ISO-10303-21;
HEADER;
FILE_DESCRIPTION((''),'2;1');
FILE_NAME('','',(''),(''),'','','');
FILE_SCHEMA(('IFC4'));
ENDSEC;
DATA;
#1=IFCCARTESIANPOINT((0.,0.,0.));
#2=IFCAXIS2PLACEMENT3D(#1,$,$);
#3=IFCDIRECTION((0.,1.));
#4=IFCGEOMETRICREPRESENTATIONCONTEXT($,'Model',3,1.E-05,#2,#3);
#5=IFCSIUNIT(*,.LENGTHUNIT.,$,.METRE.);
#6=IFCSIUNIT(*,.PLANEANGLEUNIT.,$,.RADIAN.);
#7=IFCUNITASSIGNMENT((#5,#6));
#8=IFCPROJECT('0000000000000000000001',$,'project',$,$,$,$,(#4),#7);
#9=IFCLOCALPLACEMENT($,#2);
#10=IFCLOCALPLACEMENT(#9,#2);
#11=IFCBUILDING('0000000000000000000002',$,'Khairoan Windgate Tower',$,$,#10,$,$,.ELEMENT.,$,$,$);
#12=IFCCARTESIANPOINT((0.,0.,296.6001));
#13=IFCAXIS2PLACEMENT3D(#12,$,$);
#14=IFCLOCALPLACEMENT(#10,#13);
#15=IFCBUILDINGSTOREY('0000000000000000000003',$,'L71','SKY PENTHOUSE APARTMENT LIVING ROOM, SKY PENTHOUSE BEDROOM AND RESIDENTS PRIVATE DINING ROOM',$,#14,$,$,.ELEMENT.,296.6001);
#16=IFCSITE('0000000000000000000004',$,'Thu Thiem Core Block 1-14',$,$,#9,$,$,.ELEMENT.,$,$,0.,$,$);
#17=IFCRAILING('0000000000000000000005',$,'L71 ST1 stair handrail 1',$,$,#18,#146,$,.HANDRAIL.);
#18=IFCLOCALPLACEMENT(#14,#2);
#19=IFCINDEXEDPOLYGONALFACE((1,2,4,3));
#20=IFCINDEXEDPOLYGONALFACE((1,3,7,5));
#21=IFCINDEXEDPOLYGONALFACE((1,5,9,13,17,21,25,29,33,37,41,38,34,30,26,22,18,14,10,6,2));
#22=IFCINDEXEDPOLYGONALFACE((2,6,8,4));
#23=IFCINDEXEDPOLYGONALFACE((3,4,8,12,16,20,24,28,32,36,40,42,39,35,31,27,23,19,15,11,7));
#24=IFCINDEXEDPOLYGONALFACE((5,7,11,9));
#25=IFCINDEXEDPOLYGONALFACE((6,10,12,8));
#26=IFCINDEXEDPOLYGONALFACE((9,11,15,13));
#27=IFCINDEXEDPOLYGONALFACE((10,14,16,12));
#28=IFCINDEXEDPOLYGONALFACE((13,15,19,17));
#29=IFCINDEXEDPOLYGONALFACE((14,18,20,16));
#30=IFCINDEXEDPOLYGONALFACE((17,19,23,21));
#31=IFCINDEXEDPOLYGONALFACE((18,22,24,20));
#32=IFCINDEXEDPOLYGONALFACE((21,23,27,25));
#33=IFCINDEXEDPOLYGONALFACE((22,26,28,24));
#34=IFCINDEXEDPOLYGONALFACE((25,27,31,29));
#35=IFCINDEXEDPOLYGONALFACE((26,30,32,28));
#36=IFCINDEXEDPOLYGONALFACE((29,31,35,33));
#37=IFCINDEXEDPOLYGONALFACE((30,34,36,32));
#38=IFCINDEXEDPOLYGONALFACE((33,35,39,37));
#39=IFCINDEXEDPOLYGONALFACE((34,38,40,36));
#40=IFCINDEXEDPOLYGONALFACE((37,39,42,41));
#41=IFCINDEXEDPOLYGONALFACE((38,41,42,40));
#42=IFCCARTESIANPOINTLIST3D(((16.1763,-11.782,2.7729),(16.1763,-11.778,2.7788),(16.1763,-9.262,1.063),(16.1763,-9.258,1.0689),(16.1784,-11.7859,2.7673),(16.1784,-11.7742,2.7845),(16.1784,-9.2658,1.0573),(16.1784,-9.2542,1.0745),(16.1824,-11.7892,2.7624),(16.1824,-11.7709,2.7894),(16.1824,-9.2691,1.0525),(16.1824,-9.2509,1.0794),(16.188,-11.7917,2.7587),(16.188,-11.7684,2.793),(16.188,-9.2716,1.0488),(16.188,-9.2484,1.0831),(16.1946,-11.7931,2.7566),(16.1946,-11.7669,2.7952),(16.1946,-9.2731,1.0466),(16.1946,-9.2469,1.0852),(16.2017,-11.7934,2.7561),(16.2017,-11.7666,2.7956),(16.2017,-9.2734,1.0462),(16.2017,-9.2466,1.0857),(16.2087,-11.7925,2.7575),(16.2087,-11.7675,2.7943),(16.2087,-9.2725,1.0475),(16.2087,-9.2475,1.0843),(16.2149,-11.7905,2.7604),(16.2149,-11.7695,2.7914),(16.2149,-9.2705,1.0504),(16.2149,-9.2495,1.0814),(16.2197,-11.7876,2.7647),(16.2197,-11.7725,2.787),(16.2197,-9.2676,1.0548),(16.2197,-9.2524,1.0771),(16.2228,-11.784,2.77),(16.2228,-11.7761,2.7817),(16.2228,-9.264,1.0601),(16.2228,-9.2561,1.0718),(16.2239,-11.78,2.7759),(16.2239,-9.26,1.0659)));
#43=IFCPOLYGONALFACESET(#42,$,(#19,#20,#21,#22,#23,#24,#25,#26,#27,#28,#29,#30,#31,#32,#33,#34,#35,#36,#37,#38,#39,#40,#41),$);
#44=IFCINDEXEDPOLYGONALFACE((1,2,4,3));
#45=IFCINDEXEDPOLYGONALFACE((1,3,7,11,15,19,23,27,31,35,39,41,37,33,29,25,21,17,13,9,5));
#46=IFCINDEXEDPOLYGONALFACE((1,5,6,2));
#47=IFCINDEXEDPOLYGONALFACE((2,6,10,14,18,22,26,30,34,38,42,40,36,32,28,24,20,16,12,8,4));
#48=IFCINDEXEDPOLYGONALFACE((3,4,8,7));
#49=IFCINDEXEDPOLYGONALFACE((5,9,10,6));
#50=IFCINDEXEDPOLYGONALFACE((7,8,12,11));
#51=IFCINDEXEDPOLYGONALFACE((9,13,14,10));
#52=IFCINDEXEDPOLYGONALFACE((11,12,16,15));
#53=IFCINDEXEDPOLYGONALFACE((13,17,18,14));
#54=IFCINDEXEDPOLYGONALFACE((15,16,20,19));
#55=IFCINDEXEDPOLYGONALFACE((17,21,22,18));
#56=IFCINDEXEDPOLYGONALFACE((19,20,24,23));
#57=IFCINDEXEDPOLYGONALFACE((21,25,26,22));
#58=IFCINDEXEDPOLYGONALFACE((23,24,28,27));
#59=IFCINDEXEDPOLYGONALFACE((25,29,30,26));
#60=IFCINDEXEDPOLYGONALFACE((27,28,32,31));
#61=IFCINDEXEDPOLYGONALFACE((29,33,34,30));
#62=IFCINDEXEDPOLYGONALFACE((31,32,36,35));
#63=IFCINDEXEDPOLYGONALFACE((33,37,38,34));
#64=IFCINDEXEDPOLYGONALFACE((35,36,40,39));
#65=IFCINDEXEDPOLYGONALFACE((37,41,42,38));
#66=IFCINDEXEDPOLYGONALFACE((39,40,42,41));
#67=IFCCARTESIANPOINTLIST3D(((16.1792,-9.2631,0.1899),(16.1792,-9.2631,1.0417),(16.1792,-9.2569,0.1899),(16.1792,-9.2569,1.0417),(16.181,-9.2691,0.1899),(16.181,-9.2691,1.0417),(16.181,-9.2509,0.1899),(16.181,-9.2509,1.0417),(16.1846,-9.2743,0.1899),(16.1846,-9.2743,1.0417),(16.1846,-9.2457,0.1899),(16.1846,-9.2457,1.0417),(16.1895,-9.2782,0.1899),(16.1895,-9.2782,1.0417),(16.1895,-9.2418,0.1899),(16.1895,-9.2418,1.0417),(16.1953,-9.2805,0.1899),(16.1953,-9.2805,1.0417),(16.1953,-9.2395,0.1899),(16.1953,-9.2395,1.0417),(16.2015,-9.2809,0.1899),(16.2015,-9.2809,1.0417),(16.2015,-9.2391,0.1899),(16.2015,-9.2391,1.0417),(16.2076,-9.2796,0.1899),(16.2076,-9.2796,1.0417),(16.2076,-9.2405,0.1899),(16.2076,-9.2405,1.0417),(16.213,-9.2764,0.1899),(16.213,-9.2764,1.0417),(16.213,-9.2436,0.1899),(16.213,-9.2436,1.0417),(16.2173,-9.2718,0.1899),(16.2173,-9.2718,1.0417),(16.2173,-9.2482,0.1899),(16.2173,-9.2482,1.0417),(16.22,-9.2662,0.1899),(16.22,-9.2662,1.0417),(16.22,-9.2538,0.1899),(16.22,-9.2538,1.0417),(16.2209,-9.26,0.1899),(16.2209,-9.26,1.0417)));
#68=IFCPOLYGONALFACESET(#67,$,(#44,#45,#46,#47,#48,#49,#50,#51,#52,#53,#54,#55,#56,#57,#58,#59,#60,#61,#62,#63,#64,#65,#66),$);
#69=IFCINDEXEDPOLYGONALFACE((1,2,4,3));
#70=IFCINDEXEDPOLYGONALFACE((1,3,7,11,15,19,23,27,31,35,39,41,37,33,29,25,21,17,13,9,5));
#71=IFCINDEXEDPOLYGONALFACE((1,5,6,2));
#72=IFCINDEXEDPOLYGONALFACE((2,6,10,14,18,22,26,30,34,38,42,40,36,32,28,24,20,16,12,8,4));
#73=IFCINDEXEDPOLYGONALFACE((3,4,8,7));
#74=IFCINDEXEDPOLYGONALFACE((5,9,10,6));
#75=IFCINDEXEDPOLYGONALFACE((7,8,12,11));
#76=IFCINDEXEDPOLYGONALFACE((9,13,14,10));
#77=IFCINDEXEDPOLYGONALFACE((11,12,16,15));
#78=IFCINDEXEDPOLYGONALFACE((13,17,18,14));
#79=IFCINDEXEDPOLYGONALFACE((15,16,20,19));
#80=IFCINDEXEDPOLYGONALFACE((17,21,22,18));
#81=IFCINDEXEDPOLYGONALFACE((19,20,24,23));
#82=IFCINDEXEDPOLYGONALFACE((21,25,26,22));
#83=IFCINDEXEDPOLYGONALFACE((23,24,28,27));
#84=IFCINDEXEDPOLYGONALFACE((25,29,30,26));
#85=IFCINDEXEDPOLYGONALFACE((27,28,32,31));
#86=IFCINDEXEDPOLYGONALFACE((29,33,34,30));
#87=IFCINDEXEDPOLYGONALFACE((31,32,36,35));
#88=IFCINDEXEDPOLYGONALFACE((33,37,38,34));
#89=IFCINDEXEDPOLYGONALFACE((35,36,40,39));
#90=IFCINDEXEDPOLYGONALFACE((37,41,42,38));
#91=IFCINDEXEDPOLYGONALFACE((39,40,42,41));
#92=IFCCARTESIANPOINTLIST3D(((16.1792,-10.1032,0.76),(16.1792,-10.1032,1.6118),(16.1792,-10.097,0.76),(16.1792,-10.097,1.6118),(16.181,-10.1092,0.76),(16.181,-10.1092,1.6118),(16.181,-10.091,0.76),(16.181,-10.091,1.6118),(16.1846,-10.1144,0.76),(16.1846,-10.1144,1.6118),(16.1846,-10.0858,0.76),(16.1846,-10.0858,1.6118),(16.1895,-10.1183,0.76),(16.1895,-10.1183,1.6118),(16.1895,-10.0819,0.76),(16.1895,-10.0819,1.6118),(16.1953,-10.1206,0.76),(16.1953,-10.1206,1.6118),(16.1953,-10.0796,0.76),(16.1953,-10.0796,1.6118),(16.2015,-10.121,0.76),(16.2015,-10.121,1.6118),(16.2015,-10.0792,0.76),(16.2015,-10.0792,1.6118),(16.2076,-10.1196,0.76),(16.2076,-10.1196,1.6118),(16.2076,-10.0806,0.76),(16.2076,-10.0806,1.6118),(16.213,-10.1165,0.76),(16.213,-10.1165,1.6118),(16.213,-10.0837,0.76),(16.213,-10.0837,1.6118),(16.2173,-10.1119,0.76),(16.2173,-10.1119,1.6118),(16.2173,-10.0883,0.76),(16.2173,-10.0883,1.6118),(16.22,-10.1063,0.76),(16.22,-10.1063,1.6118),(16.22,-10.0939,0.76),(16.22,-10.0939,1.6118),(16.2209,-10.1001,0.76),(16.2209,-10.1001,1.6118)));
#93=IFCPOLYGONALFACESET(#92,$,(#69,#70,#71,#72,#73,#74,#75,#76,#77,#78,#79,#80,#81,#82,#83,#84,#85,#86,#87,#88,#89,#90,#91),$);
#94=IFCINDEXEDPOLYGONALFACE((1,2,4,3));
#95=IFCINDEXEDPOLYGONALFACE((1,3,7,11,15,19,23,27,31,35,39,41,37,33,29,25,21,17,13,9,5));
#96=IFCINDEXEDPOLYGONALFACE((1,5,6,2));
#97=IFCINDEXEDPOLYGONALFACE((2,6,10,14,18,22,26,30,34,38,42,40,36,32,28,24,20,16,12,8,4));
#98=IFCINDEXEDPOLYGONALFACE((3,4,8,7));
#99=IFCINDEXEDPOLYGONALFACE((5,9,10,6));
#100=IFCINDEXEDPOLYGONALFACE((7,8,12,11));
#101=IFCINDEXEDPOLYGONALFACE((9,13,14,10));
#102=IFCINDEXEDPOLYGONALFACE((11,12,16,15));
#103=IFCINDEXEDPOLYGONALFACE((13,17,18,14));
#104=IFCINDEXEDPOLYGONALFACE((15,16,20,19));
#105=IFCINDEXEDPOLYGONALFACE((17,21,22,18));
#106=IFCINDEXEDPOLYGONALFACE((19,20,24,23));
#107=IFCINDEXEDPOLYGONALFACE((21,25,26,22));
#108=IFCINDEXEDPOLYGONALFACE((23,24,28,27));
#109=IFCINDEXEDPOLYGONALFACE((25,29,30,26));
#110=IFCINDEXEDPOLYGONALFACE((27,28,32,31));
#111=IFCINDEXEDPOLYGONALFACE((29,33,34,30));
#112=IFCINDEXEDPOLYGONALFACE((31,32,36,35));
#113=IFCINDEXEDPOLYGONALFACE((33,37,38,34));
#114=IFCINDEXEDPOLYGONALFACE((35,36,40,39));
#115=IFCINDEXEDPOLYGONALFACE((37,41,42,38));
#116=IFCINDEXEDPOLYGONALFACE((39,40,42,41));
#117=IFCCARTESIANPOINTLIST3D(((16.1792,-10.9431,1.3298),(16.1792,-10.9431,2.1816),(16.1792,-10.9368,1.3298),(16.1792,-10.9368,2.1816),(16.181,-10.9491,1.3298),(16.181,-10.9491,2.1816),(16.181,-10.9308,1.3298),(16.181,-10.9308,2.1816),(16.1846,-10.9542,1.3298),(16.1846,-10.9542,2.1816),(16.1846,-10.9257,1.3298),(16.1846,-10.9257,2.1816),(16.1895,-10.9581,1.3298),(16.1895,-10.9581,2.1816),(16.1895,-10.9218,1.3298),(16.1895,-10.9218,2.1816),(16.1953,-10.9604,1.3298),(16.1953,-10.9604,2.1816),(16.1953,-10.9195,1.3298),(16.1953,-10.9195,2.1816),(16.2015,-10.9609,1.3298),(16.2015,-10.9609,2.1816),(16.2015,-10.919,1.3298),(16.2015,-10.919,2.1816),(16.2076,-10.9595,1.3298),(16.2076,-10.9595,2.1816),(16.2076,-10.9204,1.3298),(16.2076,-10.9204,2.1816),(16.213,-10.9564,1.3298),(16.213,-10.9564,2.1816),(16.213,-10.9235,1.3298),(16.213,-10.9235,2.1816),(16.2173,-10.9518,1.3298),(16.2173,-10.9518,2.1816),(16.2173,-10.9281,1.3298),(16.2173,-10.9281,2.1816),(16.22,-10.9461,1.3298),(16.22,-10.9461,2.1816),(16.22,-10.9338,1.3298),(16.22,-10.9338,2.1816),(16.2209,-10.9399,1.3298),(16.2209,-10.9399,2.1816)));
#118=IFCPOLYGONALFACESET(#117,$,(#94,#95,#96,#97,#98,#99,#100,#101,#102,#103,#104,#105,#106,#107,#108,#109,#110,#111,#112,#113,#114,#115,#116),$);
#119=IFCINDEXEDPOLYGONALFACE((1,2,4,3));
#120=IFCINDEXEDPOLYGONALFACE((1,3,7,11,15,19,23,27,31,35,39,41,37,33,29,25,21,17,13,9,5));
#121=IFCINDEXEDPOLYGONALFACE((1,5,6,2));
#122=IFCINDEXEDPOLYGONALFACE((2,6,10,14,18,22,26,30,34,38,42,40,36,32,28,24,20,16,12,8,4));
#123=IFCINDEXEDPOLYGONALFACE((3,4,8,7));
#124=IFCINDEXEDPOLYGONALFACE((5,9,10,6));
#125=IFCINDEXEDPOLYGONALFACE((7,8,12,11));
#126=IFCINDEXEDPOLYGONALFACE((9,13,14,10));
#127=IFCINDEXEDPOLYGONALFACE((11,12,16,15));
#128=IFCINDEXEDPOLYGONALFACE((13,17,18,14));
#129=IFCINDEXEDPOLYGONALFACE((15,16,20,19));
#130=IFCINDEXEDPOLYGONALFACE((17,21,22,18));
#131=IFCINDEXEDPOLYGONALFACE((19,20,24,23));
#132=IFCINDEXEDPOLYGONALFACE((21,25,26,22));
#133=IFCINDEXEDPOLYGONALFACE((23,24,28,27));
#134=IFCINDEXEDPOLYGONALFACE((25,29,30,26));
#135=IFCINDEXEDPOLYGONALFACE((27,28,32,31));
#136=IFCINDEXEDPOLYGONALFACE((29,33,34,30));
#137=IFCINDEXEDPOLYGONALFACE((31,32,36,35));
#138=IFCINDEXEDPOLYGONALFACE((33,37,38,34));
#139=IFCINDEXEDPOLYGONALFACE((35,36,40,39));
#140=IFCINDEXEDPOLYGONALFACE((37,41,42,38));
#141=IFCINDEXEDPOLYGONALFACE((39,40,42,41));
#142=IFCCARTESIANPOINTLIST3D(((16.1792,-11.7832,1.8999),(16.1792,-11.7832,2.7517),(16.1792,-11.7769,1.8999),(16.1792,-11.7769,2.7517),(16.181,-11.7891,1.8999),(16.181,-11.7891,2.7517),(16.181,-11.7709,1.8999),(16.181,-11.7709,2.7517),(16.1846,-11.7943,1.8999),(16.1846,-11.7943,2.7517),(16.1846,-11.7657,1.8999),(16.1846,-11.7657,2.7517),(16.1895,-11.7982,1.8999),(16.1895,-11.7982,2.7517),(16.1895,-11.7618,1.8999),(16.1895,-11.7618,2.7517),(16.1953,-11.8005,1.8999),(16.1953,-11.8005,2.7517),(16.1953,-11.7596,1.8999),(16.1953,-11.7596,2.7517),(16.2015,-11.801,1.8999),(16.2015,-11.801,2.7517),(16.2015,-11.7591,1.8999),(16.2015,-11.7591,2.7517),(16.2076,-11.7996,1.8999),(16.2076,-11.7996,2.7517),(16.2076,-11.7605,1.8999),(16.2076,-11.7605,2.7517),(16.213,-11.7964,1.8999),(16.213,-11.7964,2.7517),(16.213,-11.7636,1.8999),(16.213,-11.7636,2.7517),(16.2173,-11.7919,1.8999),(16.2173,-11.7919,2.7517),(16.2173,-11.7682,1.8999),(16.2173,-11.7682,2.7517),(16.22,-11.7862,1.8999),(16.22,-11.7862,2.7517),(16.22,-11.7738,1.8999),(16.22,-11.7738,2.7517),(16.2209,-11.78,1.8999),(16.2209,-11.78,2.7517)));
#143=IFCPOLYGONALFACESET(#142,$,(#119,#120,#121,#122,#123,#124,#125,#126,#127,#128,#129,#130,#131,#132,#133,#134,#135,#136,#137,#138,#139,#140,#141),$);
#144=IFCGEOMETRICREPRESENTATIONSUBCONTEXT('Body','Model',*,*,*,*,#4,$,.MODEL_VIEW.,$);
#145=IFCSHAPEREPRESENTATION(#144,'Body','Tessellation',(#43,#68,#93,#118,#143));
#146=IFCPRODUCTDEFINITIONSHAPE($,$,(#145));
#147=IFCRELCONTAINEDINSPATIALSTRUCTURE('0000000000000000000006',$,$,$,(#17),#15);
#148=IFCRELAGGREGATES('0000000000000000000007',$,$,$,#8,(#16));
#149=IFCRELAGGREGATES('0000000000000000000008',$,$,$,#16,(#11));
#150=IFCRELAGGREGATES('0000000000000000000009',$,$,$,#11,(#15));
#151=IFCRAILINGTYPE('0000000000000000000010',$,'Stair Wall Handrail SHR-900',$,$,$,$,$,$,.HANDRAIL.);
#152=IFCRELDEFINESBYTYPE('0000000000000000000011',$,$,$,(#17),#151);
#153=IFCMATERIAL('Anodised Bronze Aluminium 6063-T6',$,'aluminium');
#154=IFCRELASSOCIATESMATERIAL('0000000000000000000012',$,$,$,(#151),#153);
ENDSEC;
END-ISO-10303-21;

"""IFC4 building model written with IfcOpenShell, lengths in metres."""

from ifc_helpers import new_model, si_unit, direction, frame, origin, origin_2d, place, context, subcontext, project, spatial, circle, extrude, material, type_object, element, save


model = new_model("IFC4")

# Units and contexts
model_context = context("Model", 3, precision=1e-05, world=origin(), true_north=direction((0.0, 1.0)))
body_context = subcontext(model_context, "Body", "Model", "MODEL_VIEW")
ifc_project = project(units=[si_unit("LENGTHUNIT", "METRE"), si_unit("PLANEANGLEUNIT", "RADIAN")], contexts=[model_context])

# Site, building, storey
site_placement = place(None, origin())
site = spatial("IfcSite", under=ifc_project, at=site_placement, Name="Thu Thiem Core Block 1-14", CompositionType="ELEMENT", RefElevation=0.0)
building_placement = place(site_placement, origin())
building = spatial("IfcBuilding", under=site, at=building_placement, Name="Khairoan Windgate Tower", CompositionType="ELEMENT")
storey_placement = place(building_placement, frame((0.0, 0.0, 296.6001)))
storey = spatial("IfcBuildingStorey", under=building, at=storey_placement, Name="L71", Description="SKY PENTHOUSE APARTMENT LIVING ROOM, SKY PENTHOUSE BEDROOM AND RESIDENTS PRIVATE DINING ROOM", CompositionType="ELEMENT", Elevation=296.6001)

# Railing
ifc_material_1 = material(Name="Anodised Bronze Aluminium 6063-T6", Category="aluminium")
railing_type_1 = type_object("IfcRailingType", Name="Stair Wall Handrail SHR-900", PredefinedType="HANDRAIL", material=ifc_material_1)
railing_1_placement = place(storey_placement, frame((16.2, -9.26, 0.1899)))
element("IfcRailing", 1, at=railing_1_placement, inside=storey, type_object=railing_type_1, Name="L71 ST1 stair handrail 1", PredefinedType="HANDRAIL", context=body_context, shape_type="SweptSolid", body=[
    extrude(circle(Radius=0.0239, at=origin_2d()), frame((0.0, 0.0, 0.876), z_axis=(0.0, -0.827484, 0.56149), x_axis=(1.0, 0.0, 0.0)), (0.0, 0.0, 1.0), 3.0454),
    extrude(circle(Radius=0.021, at=origin_2d()), origin(), (0.0, 0.0, 1.0), 0.8518),
    extrude(circle(Radius=0.021, at=origin_2d()), frame((0.0, -0.8401, 0.5701)), (0.0, 0.0, 1.0), 0.8518),
    extrude(circle(Radius=0.021, at=origin_2d()), frame((0.0, -1.6799, 1.1399)), (0.0, 0.0, 1.0), 0.8518),
    extrude(circle(Radius=0.021, at=origin_2d()), frame((0.0, -2.52, 1.71)), (0.0, 0.0, 1.0), 0.8518),
])

save(model, "model.ifc")
